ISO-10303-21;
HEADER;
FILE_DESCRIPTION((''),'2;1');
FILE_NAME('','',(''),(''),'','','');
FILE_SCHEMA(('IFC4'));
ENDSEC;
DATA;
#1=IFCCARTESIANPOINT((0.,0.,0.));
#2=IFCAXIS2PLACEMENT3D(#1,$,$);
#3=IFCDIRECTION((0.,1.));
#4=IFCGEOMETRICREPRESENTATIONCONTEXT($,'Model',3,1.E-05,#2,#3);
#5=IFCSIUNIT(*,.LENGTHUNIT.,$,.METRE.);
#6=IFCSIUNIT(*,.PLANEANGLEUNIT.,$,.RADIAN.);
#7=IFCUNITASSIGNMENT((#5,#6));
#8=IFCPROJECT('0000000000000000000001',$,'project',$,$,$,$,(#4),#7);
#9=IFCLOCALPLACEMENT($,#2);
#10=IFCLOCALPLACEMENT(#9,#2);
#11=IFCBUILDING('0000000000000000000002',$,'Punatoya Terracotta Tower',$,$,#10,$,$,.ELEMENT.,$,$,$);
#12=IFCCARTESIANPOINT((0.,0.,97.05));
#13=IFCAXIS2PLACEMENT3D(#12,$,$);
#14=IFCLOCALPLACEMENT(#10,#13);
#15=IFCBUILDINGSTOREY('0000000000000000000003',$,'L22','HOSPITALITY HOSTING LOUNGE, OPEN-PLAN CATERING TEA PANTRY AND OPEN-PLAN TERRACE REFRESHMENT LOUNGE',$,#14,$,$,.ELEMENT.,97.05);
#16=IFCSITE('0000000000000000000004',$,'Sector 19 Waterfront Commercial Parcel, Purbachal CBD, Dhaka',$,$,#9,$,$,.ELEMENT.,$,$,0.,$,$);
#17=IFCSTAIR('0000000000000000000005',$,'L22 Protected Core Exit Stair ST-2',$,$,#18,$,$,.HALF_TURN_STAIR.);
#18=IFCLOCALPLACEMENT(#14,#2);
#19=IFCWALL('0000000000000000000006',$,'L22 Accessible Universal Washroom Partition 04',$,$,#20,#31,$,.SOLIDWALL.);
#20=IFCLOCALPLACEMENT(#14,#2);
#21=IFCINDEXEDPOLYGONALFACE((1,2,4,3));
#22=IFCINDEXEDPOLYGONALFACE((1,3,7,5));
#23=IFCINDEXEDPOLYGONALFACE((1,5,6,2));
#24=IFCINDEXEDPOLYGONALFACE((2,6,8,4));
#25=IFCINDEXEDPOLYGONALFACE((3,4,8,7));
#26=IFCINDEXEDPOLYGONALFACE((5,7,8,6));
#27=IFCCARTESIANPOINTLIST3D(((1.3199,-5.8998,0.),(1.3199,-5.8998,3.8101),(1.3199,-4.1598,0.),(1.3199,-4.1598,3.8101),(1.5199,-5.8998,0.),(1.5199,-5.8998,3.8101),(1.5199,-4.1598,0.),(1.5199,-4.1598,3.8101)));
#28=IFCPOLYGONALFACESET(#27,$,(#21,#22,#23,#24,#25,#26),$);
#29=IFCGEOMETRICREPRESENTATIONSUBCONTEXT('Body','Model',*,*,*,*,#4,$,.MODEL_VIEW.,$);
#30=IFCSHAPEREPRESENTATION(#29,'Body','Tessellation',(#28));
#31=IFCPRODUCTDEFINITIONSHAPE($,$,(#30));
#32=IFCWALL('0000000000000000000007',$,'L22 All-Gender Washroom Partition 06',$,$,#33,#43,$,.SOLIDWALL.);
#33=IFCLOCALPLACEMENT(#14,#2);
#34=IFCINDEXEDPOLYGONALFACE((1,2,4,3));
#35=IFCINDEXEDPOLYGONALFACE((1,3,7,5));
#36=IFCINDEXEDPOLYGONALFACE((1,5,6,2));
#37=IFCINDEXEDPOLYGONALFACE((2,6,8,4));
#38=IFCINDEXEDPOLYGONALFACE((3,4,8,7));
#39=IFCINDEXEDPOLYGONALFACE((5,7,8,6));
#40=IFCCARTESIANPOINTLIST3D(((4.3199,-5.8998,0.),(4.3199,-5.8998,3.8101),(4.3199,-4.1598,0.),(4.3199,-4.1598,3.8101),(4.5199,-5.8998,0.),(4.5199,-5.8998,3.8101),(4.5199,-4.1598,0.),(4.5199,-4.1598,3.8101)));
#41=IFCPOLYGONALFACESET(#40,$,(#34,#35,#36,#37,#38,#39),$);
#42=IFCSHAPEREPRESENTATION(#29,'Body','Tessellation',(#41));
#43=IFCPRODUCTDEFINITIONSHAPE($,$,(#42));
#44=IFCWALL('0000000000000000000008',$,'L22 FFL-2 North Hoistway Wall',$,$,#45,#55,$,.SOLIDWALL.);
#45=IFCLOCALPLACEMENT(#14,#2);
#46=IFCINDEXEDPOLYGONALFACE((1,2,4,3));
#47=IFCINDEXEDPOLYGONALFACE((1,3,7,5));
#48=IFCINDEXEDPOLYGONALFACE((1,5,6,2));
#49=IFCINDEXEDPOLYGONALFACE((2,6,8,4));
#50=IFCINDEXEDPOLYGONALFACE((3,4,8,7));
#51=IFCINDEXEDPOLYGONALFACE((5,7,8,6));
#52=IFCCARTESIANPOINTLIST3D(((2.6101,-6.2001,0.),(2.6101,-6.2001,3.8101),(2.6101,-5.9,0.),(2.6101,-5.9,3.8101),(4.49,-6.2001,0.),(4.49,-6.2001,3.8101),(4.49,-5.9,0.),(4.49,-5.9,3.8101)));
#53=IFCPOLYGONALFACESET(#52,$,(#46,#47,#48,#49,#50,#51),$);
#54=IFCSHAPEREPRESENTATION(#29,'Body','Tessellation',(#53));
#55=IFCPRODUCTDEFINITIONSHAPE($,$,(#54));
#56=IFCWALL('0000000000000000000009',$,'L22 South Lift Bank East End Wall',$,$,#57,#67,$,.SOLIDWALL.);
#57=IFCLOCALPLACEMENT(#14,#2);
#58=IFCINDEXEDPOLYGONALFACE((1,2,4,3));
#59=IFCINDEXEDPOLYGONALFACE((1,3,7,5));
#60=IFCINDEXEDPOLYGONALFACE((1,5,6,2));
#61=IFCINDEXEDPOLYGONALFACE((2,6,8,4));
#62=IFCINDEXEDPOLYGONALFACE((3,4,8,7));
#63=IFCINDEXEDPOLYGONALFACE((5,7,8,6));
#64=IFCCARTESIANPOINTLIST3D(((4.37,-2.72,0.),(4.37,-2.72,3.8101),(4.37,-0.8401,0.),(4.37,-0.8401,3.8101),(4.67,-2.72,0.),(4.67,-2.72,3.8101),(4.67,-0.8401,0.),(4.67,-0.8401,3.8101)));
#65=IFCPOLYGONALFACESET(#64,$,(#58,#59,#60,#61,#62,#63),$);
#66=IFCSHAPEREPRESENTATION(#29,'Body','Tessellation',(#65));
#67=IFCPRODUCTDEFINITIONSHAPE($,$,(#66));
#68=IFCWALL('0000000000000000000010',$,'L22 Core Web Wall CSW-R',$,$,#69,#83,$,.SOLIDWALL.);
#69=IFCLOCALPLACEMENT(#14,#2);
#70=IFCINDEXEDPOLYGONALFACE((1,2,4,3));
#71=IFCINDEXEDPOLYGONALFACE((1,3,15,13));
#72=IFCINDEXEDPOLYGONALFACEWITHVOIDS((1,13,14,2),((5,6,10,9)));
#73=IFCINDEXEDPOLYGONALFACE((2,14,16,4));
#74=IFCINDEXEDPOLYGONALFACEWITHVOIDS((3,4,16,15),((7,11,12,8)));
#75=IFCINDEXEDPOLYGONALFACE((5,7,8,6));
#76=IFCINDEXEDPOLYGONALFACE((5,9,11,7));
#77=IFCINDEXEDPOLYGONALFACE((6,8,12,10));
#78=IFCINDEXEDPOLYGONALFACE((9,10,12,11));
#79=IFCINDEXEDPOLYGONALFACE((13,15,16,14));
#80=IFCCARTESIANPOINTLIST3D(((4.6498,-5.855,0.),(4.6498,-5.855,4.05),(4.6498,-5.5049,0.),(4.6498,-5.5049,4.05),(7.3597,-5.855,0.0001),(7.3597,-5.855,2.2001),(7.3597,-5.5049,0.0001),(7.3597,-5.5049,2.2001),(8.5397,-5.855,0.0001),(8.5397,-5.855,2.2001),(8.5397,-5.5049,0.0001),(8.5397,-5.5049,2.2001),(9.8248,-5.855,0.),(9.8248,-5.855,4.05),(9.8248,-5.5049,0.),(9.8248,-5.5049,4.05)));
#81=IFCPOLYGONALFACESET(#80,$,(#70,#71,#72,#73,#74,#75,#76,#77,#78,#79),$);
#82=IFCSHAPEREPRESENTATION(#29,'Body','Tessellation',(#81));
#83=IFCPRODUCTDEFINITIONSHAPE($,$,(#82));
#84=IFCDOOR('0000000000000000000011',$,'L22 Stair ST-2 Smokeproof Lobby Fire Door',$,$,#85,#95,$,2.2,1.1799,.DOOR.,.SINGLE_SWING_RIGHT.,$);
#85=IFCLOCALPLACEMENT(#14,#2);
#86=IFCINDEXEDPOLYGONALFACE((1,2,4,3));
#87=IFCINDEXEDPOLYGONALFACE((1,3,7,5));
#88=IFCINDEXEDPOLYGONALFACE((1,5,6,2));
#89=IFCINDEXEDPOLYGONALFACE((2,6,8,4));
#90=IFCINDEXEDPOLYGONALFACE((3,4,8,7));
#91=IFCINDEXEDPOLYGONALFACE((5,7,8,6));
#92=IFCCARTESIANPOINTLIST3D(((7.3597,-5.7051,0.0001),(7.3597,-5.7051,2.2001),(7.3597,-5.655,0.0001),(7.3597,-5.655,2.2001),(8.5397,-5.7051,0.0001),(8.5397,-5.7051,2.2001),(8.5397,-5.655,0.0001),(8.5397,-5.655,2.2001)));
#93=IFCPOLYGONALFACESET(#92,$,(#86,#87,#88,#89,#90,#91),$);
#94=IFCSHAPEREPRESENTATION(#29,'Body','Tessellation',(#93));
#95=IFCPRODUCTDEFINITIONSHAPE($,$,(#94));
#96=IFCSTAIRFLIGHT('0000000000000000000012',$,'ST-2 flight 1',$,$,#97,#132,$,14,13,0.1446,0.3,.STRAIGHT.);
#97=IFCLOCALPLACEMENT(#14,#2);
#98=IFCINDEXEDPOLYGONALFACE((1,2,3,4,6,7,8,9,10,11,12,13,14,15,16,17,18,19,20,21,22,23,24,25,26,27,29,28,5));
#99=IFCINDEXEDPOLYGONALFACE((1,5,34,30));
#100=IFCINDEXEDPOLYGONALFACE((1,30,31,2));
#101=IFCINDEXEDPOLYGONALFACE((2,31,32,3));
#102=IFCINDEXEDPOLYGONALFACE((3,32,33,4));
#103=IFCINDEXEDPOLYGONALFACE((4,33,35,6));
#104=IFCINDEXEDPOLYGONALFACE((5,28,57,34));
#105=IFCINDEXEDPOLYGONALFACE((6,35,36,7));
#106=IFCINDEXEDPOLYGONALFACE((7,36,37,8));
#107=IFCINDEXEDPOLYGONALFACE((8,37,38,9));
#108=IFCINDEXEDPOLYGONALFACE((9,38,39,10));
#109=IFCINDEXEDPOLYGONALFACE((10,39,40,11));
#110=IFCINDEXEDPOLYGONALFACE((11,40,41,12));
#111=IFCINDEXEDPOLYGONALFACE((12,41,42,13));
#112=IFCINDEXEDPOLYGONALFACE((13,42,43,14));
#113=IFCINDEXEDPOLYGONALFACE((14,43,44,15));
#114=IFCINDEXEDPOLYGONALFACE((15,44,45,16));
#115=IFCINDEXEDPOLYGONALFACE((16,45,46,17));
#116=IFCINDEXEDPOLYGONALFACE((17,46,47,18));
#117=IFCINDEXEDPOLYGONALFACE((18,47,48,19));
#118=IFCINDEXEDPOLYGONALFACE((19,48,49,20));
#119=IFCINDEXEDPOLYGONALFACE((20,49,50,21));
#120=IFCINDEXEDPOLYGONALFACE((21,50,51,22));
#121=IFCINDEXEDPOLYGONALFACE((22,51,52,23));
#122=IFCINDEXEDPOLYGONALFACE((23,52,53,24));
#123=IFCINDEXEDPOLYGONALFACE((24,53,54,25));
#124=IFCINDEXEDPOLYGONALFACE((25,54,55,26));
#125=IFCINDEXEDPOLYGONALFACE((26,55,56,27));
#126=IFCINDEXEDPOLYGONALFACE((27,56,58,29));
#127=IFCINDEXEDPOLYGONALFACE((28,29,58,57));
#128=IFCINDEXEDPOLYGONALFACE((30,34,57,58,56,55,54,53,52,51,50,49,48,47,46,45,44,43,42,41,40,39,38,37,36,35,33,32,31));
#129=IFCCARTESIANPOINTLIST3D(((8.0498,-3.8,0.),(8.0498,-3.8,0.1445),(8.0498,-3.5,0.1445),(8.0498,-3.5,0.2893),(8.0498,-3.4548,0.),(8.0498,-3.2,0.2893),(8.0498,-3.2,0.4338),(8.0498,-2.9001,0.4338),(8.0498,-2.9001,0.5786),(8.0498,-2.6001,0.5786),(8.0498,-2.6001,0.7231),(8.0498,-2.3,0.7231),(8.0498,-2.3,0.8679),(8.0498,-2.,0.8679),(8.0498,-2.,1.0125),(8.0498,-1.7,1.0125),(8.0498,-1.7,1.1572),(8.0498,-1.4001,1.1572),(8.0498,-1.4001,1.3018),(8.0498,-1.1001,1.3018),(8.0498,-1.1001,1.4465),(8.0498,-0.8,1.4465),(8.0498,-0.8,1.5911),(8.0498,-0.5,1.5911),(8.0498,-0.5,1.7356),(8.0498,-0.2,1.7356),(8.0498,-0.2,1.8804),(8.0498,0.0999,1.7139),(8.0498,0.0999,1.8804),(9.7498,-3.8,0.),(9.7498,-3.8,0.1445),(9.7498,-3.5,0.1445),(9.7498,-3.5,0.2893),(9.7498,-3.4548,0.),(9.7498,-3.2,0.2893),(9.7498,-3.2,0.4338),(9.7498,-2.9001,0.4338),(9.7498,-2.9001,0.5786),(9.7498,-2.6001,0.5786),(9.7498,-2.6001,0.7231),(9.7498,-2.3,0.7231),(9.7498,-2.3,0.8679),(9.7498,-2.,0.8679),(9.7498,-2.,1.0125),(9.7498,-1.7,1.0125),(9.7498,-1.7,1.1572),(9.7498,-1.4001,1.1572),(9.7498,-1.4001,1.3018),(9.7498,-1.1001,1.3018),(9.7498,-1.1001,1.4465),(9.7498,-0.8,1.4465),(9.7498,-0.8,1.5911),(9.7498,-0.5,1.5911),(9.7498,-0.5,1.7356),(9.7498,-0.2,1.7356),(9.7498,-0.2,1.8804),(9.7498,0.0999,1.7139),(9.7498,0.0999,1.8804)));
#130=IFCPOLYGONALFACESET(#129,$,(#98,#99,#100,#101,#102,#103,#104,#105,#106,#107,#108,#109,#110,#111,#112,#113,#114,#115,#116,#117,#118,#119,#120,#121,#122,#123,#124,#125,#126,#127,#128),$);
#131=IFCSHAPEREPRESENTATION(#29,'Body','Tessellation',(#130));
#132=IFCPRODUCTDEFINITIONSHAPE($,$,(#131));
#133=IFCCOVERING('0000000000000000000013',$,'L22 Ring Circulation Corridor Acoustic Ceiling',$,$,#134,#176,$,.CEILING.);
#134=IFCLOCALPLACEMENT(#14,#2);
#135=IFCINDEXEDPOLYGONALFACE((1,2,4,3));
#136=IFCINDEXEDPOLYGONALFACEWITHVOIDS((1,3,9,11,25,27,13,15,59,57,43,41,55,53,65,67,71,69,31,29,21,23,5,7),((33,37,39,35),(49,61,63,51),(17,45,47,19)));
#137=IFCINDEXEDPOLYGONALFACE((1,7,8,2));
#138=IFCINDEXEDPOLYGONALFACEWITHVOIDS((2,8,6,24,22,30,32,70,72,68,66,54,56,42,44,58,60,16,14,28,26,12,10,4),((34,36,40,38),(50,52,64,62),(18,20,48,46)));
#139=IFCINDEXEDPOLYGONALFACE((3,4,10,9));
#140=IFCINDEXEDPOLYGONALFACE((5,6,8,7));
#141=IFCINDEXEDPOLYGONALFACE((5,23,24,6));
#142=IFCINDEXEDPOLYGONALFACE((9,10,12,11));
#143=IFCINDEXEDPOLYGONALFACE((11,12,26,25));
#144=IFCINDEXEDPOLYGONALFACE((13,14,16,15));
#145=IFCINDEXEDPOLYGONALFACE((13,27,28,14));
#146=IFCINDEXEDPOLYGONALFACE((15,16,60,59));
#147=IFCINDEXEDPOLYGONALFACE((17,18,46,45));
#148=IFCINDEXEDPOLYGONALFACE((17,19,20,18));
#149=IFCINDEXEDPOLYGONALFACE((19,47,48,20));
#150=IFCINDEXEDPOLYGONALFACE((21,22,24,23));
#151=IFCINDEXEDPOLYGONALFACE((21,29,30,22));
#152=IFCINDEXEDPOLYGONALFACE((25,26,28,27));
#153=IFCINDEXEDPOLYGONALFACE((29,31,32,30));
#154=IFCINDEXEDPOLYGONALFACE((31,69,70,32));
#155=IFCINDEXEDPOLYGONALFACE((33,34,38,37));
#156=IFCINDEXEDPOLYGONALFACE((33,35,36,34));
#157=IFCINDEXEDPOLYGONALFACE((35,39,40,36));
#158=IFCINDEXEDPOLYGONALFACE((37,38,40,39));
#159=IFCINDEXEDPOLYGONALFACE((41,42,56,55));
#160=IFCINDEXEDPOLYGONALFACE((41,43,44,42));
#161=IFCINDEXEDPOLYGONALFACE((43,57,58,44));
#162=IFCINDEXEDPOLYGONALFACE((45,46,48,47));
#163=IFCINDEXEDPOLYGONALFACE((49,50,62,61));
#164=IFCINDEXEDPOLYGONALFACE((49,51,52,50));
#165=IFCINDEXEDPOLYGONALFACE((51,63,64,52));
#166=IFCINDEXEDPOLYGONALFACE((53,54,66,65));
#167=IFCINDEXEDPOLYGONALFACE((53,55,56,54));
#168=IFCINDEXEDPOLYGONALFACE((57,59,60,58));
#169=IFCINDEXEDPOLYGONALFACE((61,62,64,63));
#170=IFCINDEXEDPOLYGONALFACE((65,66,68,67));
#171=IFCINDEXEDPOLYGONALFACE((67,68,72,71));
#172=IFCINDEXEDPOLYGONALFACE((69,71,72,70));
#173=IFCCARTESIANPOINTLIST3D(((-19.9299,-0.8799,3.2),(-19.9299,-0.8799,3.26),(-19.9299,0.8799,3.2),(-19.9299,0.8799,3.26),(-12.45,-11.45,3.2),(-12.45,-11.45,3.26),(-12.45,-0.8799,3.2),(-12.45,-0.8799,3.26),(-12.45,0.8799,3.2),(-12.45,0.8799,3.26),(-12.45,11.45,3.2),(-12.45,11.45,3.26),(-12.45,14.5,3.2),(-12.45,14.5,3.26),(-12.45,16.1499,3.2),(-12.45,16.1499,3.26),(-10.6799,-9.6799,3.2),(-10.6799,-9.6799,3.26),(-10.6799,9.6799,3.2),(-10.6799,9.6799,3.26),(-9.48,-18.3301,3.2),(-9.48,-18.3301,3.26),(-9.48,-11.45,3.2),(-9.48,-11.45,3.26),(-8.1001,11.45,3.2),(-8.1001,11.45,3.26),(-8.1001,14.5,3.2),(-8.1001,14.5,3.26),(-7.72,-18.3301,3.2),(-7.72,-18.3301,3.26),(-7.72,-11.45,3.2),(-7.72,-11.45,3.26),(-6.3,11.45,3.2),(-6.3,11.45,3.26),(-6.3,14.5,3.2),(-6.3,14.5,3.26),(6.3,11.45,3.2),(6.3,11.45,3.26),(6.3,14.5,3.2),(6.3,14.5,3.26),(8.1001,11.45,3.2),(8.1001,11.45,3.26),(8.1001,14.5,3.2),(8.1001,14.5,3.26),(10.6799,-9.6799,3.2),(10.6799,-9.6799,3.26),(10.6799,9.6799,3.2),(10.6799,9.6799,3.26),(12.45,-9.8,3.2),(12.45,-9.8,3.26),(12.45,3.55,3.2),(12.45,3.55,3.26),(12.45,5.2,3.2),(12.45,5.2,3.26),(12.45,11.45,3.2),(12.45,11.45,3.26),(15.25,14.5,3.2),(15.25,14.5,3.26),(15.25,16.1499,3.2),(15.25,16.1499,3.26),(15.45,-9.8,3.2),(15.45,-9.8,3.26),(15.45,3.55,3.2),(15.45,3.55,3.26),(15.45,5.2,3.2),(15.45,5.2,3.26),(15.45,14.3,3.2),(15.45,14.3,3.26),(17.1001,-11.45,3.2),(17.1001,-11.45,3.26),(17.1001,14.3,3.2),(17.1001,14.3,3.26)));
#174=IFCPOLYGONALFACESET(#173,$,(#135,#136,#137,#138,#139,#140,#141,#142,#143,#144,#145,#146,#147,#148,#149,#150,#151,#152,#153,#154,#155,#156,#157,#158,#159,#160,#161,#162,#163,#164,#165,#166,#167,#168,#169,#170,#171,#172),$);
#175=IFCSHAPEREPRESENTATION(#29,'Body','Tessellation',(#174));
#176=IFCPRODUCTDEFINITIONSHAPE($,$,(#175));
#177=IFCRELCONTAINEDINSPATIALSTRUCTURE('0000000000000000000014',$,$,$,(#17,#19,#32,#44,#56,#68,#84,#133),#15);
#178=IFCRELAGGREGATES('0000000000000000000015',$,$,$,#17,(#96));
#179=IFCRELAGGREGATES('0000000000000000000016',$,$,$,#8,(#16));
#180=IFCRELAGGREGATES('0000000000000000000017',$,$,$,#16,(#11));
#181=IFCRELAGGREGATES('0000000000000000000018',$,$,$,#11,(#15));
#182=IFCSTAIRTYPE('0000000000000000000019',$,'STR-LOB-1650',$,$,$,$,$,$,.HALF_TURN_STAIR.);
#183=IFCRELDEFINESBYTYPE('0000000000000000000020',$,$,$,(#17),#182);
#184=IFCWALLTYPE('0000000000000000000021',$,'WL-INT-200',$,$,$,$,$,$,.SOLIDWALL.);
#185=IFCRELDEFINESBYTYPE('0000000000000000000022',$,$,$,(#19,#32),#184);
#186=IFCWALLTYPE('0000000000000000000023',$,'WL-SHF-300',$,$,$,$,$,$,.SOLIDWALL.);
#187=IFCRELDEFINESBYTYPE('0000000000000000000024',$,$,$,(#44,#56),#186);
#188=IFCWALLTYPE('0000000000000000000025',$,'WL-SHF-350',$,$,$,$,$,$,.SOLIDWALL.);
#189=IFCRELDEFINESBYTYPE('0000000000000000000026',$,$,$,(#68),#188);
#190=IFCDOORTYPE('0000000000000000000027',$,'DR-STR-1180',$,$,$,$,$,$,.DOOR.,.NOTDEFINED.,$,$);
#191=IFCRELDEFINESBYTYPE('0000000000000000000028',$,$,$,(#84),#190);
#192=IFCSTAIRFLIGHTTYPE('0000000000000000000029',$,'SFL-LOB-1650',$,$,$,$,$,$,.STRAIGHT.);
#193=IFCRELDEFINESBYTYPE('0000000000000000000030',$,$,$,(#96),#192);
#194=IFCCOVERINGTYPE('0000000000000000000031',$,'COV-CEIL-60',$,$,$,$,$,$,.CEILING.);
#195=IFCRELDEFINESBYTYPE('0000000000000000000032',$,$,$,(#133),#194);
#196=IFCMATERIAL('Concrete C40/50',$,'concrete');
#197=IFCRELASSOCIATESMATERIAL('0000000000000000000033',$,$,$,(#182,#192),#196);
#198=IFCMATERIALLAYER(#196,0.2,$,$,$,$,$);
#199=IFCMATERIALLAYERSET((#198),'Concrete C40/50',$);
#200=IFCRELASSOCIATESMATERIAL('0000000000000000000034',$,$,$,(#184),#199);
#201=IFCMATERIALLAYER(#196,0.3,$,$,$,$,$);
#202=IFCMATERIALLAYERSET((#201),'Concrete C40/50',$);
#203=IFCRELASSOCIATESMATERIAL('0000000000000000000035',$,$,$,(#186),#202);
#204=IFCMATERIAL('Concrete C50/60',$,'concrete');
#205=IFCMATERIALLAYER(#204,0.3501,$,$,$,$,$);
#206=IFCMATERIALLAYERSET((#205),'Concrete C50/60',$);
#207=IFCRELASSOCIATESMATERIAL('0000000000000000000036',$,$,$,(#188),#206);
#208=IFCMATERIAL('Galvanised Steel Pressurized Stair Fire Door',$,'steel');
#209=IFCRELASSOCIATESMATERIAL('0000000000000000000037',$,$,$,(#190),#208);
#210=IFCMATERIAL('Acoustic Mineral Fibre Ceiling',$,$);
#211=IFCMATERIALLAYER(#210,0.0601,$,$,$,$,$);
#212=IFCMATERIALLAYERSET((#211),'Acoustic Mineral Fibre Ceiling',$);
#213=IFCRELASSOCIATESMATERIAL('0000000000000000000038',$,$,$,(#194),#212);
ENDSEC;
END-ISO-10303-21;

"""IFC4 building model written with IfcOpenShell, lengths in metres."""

from ifc_helpers import new_model, si_unit, direction, frame, frame_2d, origin, place, context, subcontext, project, spatial, polyline, rectangle, outline, extrude, material, layer, layer_set, type_object, element, fill, aggregate, save


model = new_model("IFC4")

# Units and contexts
model_context = context("Model", 3, precision=1e-05, world=origin(), true_north=direction((0.0, 1.0)))
body_context = subcontext(model_context, "Body", "Model", "MODEL_VIEW")
ifc_project = project(units=[si_unit("LENGTHUNIT", "METRE"), si_unit("PLANEANGLEUNIT", "RADIAN")], contexts=[model_context])

# Site, building, storey
site_placement = place(None, origin())
site = spatial("IfcSite", under=ifc_project, at=site_placement, Name="Sector 19 Waterfront Commercial Parcel, Purbachal CBD, Dhaka", CompositionType="ELEMENT", RefElevation=0.0)
building_placement = place(site_placement, origin())
building = spatial("IfcBuilding", under=site, at=building_placement, Name="Punatoya Terracotta Tower", CompositionType="ELEMENT")
storey_placement = place(building_placement, frame((0.0, 0.0, 97.05)))
storey = spatial("IfcBuildingStorey", under=building, at=storey_placement, Name="L22", Description="HOSPITALITY HOSTING LOUNGE, OPEN-PLAN CATERING TEA PANTRY AND OPEN-PLAN TERRACE REFRESHMENT LOUNGE", CompositionType="ELEMENT", Elevation=97.05)

# Stair
ifc_material_1 = material(Name="Concrete C40/50", Category="concrete")
stair_type_1 = type_object("IfcStairType", Name="STR-LOB-1650", PredefinedType="HALF_TURN_STAIR", material=ifc_material_1)
stair_1_placement = place(storey_placement, origin())
stair_1 = element("IfcStair", 1, at=stair_1_placement, inside=storey, type_object=stair_type_1, Name="L22 Protected Core Exit Stair ST-2", PredefinedType="HALF_TURN_STAIR")

# Wall
ifc_layer_1 = layer(ifc_material_1, 0.2)
ifc_layer_set_1 = layer_set([ifc_layer_1], Name="Concrete C40/50")
wall_type_1 = type_object("IfcWallType", Name="WL-INT-200", PredefinedType="SOLIDWALL", material=ifc_layer_set_1)
wall_1_placement = place(storey_placement, frame((1.4199, -5.8999, 0.0), z_axis=(0.0, 0.0, 1.0), x_axis=(0.0, 1.0, 0.0)))
element("IfcWall", 2, at=wall_1_placement, inside=storey, type_object=wall_type_1, Name="L22 Accessible Universal Washroom Partition 04", PredefinedType="SOLIDWALL", context=body_context, shape_type="SweptSolid", body=[
    extrude(rectangle(XDim=1.74, YDim=0.2, at=frame_2d((0.8701, 0.0))), origin(), (0.0, 0.0, 1.0), 3.8101),
])

# Wall
wall_2_placement = place(storey_placement, frame((4.4199, -5.8999, 0.0), z_axis=(0.0, 0.0, 1.0), x_axis=(0.0, 1.0, 0.0)))
element("IfcWall", 3, at=wall_2_placement, inside=storey, type_object=wall_type_1, Name="L22 All-Gender Washroom Partition 06", PredefinedType="SOLIDWALL", context=body_context, shape_type="SweptSolid", body=[
    extrude(rectangle(XDim=1.74, YDim=0.2, at=frame_2d((0.8701, 0.0))), origin(), (0.0, 0.0, 1.0), 3.8101),
])

# Walls
ifc_layer_2 = layer(ifc_material_1, 0.3)
ifc_layer_set_2 = layer_set([ifc_layer_2], Name="Concrete C40/50")
wall_type_2 = type_object("IfcWallType", Name="WL-SHF-300", PredefinedType="SOLIDWALL", material=ifc_layer_set_2)
for number, where, z_axis, x_axis, name in (
    (4, (2.6101, -6.05, 0.0), (0.0, 0.0, 1.0), (1.0, 0.0, 0.0), "L22 FFL-2 North Hoistway Wall"),
    (5, (4.52, -2.72, 0.0), (0.0, 0.0, 1.0), (0.0, 1.0, 0.0), "L22 South Lift Bank East End Wall"),
):
    element("IfcWall", number, at=place(storey_placement, frame(where, z_axis=z_axis, x_axis=x_axis)), inside=storey, type_object=wall_type_2, Name=name, PredefinedType="SOLIDWALL", context=body_context, shape_type="SweptSolid", body=[
        extrude(rectangle(XDim=1.8799, YDim=0.3, at=frame_2d((0.9399, 0.0))), origin(), (0.0, 0.0, 1.0), 3.8101),
    ])

# Wall, opening, door
ifc_material_2 = material(Name="Concrete C50/60", Category="concrete")
ifc_layer_3 = layer(ifc_material_2, 0.3501)
ifc_layer_set_3 = layer_set([ifc_layer_3], Name="Concrete C50/60")
wall_type_3 = type_object("IfcWallType", Name="WL-SHF-350", PredefinedType="SOLIDWALL", material=ifc_layer_set_3)
wall_3_placement = place(storey_placement, frame((4.6499, -5.6799, 0.0), z_axis=(0.0, 0.0, 1.0), x_axis=(1.0, 0.0, 0.0)))
wall_3 = element("IfcWall", 6, at=wall_3_placement, inside=storey, type_object=wall_type_3, Name="L22 Core Web Wall CSW-R", PredefinedType="SOLIDWALL", context=body_context, shape_type="SweptSolid", body=[
    extrude(rectangle(XDim=5.175, YDim=0.3501, at=frame_2d((2.5874, 0.0))), origin(), (0.0, 0.0, 1.0), 4.05),
])
opening_1_placement = place(wall_3_placement, frame((2.71, 0.0, 0.0)))
opening_1 = element("IfcOpeningElement", 7, at=opening_1_placement, cuts=wall_3, PredefinedType="OPENING", context=body_context, shape_type="SweptSolid", body=[
    extrude(rectangle(XDim=1.1799, YDim=2.2, at=frame_2d((0.5898, 1.1001))), frame((0.0, 0.1851, 0.0), z_axis=(0.0, -1.0, 0.0), x_axis=(1.0, 0.0, 0.0)), (0.0, 0.0, 1.0), 0.3701),
])
ifc_material_3 = material(Name="Galvanised Steel Pressurized Stair Fire Door", Category="steel")
door_type_1 = type_object("IfcDoorType", Name="DR-STR-1180", OperationType="NOTDEFINED", PredefinedType="DOOR", material=ifc_material_3)
door_1_placement = place(opening_1_placement, origin())
door_1 = element("IfcDoor", 8, at=door_1_placement, inside=storey, type_object=door_type_1, Name="L22 Stair ST-2 Smokeproof Lobby Fire Door", OperationType="SINGLE_SWING_RIGHT", OverallHeight=2.2, OverallWidth=1.1799, PredefinedType="DOOR", context=body_context, shape_type="SweptSolid", body=[
    extrude(rectangle(XDim=1.1799, YDim=2.2, at=frame_2d((0.5898, 1.1001))), frame((0.0, 0.0249, 0.0), z_axis=(0.0, -1.0, 0.0), x_axis=(1.0, 0.0, 0.0)), (0.0, 0.0, 1.0), 0.05),
])
fill(opening_1, door_1)

# Stair flight
stair_flight_type = type_object("IfcStairFlightType", Name="SFL-LOB-1650", PredefinedType="STRAIGHT", material=ifc_material_1)
stair_flight_placement = place(storey_placement, frame((8.8999, -3.8, 0.0), z_axis=(0.0, 0.0, 1.0), x_axis=(0.0, 1.0, 0.0)))
stair_flight = element("IfcStairFlight", 9, at=stair_flight_placement, type_object=stair_flight_type, Name="ST-2 flight 1", NumberOfRisers=14, NumberOfTreads=13, PredefinedType="STRAIGHT", RiserHeight=0.1446, TreadLength=0.3, context=body_context, shape_type="SweptSolid", body=[
    extrude(outline(polyline([(0.0, 0.0), (0.0, 0.1445), (0.3, 0.1445), (0.3, 0.2893), (0.6001, 0.2893), (0.6001, 0.4338), (0.8999, 0.4338), (0.8999, 0.5786), (1.2, 0.5786), (1.2, 0.7231), (1.5, 0.7231), (1.5, 0.8679), (1.8, 0.8679), (1.8, 1.0125), (2.1001, 1.0125), (2.1001, 1.1572), (2.3999, 1.1572), (2.3999, 1.3018), (2.7, 1.3018), (2.7, 1.4465), (3.0, 1.4465), (3.0, 1.5911), (3.3, 1.5911), (3.3, 1.7356), (3.6001, 1.7356), (3.6001, 1.8804), (3.8999, 1.8804), (3.8999, 2.0249), (3.8999, 1.7139), (0.3452, 0.0), (0.0, 0.0)])), frame((0.0, 0.8501, 0.0), z_axis=(0.0, -1.0, 0.0), x_axis=(1.0, 0.0, 0.0)), (0.0, 0.0, 1.0), 1.7),
])
aggregate(stair_1, [stair_flight])

# Covering
ifc_material_4 = material(Name="Acoustic Mineral Fibre Ceiling")
ifc_layer_4 = layer(ifc_material_4, 0.0601)
ifc_layer_set_4 = layer_set([ifc_layer_4], Name="Acoustic Mineral Fibre Ceiling")
covering_type = type_object("IfcCoveringType", Name="COV-CEIL-60", PredefinedType="CEILING", material=ifc_layer_set_4)
covering_1_placement = place(storey_placement, frame((0.0, 0.0, 3.2)))
element("IfcCovering", 10, at=covering_1_placement, inside=storey, type_object=covering_type, Name="L22 Ring Circulation Corridor Acoustic Ceiling", PredefinedType="CEILING", context=body_context, shape_type="SweptSolid", body=[
    extrude(outline(polyline([(-7.72, -18.3301), (-7.72, -11.45), (17.1001, -11.45), (17.1001, 14.3), (15.45, 14.3), (15.45, 5.2), (12.45, 5.2), (12.45, 11.45), (8.1001, 11.45), (8.1001, 14.5), (15.25, 14.5), (15.25, 16.1499), (-12.45, 16.1499), (-12.45, 14.5), (-8.1001, 14.5), (-8.1001, 11.45), (-12.45, 11.45), (-12.45, 0.8799), (-19.9299, 0.8799), (-19.9299, -0.8799), (-12.45, -0.8799), (-12.45, -11.45), (-9.48, -11.45), (-9.48, -18.3301), (-7.72, -18.3301)]), holes=[polyline([(15.45, -9.8), (12.45, -9.8), (12.45, 3.55), (15.45, 3.55), (15.45, -9.8)]), polyline([(10.6799, 9.6799), (10.6799, -9.6799), (-10.6799, -9.6799), (-10.6799, 9.6799), (10.6799, 9.6799)]), polyline([(6.3, 14.5), (6.3, 11.45), (-6.3, 11.45), (-6.3, 14.5), (6.3, 14.5)])]), origin(), (0.0, 0.0, 1.0), 0.0601),
])

save(model, "model.ifc")
